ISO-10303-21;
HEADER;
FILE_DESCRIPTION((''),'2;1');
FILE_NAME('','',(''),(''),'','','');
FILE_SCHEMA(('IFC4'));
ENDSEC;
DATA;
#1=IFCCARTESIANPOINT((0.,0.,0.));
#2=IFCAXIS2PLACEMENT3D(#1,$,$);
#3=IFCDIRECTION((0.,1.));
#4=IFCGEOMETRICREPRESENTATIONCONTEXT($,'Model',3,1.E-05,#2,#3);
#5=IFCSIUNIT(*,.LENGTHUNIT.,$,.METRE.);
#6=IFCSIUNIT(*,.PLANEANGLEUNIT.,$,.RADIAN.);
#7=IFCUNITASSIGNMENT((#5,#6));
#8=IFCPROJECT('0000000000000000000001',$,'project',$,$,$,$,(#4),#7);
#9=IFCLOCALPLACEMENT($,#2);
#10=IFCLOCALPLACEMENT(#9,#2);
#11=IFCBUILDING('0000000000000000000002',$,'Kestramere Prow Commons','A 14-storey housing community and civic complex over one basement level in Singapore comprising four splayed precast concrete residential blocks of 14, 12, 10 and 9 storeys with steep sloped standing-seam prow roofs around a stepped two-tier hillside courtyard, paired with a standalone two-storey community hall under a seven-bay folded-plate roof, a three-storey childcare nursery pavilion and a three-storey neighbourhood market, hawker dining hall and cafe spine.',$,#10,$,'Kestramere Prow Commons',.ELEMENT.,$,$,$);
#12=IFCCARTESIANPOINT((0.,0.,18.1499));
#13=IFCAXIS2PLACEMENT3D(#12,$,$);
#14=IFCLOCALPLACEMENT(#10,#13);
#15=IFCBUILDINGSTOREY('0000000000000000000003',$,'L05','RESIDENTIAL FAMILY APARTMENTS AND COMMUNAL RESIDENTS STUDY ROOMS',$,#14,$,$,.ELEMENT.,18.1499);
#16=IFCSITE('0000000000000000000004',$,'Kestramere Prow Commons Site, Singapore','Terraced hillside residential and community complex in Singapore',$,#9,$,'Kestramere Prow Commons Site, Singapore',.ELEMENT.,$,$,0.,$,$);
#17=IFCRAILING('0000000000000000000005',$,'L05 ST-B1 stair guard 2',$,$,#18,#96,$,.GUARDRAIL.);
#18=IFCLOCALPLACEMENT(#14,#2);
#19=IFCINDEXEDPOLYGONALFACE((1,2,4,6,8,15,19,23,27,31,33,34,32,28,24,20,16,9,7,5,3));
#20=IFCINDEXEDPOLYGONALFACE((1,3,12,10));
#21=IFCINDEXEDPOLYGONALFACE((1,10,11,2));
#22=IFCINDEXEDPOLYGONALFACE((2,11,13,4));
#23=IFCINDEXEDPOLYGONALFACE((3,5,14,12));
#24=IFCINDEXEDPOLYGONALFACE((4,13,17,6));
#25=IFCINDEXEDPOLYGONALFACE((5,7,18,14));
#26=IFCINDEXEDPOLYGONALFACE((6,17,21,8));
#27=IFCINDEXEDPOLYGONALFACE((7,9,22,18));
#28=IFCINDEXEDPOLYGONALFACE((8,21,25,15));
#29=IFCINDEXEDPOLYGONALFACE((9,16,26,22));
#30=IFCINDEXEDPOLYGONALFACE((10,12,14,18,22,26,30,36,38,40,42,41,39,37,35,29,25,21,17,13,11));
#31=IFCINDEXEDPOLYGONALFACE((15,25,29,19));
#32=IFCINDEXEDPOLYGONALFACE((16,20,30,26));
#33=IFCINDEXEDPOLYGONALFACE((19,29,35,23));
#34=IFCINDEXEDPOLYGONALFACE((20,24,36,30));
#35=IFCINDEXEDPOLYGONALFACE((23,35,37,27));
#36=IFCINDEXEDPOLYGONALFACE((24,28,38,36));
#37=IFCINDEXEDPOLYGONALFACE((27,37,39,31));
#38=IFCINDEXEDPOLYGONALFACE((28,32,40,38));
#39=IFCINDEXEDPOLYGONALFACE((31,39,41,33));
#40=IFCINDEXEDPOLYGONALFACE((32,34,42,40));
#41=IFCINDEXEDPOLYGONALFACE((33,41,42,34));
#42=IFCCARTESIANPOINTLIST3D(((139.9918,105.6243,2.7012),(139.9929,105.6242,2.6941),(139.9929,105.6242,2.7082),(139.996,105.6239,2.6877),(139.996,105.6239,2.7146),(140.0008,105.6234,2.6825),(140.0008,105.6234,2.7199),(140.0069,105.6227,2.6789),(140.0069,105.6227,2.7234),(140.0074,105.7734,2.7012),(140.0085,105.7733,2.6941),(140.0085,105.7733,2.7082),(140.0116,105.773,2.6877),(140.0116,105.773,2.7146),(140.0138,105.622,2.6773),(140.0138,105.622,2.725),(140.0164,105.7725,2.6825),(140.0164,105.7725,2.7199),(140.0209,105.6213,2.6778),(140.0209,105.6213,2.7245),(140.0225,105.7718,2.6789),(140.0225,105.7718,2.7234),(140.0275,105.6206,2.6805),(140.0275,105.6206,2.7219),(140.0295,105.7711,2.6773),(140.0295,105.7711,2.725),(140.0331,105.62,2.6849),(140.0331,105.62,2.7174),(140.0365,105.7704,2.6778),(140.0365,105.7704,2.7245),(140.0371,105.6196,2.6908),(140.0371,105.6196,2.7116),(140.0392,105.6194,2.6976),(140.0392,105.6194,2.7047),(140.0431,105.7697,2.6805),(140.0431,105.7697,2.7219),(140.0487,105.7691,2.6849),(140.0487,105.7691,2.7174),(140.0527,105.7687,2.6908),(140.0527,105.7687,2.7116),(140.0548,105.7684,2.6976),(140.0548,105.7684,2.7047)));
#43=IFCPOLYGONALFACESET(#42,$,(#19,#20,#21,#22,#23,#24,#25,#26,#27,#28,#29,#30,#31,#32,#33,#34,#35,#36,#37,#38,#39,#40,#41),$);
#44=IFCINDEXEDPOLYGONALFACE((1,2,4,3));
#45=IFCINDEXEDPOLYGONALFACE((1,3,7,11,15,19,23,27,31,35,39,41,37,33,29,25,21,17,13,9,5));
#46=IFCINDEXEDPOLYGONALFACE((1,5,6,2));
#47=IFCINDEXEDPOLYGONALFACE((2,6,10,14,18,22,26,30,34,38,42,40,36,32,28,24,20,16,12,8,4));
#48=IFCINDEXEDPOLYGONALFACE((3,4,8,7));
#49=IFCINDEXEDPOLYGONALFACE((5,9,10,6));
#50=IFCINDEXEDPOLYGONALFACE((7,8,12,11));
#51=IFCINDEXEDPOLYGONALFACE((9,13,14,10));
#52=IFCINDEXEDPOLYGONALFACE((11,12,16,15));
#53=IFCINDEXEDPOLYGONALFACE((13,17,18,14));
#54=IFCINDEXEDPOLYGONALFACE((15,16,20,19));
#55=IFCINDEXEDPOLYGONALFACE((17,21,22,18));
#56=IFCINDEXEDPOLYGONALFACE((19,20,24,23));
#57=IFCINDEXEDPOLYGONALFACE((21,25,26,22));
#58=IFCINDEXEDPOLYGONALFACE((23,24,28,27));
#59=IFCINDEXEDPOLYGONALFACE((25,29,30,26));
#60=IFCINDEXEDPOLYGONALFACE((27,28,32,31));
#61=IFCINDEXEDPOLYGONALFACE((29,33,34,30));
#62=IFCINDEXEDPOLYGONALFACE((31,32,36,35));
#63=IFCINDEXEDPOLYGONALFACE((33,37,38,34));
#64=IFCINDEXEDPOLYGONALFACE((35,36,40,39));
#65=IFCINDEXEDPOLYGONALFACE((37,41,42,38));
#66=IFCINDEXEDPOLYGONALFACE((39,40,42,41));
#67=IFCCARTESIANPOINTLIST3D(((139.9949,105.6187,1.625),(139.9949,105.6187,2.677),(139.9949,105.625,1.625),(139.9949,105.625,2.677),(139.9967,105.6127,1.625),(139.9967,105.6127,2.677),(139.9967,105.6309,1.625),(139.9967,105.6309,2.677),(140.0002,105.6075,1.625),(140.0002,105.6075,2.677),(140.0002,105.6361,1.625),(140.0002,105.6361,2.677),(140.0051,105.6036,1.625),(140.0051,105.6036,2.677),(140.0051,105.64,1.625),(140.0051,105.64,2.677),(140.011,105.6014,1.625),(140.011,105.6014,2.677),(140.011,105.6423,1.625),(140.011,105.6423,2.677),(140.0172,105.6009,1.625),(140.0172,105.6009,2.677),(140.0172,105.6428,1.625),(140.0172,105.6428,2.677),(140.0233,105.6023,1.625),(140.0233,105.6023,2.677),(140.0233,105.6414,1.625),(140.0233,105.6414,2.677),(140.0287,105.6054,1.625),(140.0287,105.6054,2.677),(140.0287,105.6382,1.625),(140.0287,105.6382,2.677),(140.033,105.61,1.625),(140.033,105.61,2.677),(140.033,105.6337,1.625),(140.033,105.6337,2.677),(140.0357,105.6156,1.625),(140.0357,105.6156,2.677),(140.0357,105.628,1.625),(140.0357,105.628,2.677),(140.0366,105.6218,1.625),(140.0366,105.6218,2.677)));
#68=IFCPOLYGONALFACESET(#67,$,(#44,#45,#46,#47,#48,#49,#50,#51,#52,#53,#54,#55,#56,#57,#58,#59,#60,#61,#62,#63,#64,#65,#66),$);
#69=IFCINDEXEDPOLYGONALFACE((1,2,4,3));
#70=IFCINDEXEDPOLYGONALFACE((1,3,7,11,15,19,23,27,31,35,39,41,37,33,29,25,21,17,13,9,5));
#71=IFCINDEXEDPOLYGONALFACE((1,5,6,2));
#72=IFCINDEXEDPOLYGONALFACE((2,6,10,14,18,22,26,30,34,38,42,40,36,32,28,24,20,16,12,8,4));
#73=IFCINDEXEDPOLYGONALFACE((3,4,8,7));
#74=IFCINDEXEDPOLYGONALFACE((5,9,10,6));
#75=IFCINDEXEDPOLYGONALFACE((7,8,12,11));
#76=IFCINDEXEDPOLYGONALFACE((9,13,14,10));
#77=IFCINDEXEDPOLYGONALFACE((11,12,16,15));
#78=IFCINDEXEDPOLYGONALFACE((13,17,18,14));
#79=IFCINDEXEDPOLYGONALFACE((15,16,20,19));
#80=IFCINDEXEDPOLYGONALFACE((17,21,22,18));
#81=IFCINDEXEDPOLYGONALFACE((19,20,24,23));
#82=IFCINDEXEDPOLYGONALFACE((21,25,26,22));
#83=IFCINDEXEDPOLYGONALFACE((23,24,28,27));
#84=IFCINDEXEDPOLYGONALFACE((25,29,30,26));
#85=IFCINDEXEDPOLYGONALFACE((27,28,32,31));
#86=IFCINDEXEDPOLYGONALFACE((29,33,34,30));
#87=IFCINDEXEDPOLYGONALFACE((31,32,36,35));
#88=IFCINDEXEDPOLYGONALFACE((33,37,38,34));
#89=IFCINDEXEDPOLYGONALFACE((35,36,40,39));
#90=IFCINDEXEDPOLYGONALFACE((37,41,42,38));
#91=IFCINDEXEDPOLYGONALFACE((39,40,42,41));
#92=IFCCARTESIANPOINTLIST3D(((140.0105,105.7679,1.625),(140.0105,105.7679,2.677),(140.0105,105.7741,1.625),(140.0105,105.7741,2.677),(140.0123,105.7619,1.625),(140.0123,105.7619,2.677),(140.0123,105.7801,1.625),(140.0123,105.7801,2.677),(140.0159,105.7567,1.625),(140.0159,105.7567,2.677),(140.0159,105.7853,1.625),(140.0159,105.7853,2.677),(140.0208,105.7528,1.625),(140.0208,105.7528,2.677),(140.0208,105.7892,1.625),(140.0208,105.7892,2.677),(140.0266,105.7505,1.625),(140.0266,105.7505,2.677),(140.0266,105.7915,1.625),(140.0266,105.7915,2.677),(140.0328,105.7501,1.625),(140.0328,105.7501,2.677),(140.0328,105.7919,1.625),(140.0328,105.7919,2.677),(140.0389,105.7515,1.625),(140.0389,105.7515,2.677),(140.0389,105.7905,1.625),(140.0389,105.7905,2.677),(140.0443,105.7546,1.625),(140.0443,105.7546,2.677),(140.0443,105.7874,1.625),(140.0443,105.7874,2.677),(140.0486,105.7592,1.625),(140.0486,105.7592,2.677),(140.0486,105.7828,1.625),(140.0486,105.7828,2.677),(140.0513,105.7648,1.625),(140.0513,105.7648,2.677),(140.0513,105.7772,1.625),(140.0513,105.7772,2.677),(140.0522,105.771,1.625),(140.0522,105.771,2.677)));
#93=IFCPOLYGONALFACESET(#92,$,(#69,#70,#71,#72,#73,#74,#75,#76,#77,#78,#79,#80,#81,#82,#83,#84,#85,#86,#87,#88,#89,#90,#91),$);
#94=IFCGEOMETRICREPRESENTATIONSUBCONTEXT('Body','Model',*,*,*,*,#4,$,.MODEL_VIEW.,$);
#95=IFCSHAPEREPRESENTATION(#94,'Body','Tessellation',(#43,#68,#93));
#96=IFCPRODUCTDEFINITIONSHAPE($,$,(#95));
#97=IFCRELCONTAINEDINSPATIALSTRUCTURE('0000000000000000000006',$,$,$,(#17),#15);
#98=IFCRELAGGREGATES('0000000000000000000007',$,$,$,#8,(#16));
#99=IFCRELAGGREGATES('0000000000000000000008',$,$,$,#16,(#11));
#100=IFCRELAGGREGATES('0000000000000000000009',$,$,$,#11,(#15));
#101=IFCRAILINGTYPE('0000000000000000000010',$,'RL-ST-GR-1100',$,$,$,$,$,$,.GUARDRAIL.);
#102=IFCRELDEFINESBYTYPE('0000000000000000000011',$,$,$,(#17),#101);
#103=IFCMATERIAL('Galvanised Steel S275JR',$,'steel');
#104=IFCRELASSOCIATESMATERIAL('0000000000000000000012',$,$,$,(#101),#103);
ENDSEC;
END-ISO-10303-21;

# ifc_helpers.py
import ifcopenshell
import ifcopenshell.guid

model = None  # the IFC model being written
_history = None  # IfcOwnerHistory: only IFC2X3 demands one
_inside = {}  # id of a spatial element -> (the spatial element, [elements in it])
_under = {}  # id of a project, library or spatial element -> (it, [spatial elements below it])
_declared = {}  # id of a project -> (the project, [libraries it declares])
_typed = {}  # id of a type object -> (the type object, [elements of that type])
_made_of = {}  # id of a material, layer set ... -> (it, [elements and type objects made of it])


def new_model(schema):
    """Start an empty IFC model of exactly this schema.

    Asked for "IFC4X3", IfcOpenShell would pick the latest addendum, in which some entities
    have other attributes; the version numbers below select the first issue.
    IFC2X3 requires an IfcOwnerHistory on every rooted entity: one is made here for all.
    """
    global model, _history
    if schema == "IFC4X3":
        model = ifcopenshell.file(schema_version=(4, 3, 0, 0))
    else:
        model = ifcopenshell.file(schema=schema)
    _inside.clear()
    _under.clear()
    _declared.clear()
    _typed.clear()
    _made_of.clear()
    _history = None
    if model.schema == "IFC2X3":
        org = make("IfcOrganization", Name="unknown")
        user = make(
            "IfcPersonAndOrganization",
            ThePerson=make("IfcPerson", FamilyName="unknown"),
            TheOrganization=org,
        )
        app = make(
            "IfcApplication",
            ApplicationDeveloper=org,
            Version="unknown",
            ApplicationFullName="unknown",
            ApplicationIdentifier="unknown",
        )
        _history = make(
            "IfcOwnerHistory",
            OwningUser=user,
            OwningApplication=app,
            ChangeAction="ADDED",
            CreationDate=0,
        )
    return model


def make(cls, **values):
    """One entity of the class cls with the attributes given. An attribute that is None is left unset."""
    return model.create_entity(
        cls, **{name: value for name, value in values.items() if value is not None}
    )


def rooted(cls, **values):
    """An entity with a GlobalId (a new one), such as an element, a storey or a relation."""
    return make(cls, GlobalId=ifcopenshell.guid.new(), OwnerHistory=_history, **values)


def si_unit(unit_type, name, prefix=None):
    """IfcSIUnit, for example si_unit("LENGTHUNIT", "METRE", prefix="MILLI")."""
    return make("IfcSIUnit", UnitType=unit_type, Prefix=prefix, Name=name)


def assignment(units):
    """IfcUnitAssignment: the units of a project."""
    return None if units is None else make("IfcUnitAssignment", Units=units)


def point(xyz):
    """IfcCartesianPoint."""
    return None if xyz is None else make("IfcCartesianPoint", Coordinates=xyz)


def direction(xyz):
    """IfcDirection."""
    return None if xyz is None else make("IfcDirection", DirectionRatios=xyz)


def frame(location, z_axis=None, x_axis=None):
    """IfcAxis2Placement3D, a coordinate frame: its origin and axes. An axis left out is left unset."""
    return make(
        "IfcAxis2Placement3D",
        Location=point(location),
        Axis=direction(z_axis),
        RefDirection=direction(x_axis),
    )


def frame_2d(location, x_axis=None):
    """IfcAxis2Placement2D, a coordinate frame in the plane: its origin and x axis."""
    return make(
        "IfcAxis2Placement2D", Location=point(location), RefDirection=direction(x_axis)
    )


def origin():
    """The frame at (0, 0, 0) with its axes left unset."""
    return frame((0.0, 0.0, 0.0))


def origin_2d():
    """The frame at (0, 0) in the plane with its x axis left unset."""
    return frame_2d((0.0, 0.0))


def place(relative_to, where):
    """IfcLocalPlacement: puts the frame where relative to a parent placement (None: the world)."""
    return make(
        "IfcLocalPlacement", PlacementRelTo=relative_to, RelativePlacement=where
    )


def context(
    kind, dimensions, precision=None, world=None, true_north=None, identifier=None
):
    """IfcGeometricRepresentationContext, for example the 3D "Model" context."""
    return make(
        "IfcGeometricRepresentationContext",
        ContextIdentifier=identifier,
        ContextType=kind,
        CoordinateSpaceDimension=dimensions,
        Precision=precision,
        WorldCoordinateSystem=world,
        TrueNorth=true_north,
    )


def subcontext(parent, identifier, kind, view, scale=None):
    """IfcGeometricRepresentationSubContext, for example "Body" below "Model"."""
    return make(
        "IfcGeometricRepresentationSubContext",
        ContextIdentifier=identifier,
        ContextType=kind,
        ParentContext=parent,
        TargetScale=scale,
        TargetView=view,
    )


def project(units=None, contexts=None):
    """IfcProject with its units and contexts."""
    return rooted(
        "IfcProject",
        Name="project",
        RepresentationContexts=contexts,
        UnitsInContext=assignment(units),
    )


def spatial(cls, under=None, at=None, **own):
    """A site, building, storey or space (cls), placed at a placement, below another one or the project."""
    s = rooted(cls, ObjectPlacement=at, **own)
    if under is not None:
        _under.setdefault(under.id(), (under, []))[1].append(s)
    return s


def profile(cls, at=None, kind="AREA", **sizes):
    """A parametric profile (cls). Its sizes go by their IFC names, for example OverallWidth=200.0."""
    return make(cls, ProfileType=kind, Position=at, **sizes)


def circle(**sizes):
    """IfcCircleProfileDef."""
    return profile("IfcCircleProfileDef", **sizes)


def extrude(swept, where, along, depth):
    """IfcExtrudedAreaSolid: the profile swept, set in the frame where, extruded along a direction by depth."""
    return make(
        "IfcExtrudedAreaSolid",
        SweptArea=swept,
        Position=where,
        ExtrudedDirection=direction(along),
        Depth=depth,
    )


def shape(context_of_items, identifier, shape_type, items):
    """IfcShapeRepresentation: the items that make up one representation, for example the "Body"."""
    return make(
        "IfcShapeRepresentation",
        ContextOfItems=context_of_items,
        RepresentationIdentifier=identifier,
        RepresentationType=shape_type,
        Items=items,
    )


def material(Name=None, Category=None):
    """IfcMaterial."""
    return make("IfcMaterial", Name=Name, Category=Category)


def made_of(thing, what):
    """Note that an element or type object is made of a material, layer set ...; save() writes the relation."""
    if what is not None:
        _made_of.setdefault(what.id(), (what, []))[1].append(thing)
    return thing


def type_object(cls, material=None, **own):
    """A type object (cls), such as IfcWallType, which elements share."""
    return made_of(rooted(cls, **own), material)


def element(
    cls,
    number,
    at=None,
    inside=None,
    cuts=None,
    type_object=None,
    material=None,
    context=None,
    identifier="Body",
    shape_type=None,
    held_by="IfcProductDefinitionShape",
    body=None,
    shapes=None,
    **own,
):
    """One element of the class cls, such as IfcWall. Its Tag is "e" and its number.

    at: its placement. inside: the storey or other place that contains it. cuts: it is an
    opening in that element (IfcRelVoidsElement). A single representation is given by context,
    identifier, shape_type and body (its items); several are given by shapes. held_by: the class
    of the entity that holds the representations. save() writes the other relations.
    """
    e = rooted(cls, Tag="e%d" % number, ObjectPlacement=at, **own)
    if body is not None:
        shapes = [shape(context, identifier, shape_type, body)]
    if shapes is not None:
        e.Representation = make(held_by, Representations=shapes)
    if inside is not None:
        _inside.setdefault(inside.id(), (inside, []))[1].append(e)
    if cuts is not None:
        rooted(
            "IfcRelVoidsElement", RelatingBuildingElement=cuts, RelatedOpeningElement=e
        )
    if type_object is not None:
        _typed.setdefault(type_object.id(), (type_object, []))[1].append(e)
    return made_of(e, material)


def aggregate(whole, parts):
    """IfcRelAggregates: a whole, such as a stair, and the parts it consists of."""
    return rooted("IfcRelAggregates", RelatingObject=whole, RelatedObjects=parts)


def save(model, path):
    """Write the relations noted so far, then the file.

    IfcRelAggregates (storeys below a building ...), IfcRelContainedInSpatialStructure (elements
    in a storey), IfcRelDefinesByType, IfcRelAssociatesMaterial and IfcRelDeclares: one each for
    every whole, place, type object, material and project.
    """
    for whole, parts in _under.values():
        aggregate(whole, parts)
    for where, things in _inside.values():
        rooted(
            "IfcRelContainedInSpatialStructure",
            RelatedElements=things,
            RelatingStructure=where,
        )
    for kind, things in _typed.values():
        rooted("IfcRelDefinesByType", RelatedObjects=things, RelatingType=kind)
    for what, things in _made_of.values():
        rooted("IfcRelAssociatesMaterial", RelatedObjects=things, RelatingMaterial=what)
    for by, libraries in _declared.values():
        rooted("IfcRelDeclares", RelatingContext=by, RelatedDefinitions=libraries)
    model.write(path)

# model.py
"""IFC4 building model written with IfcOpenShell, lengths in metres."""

from ifc_helpers import new_model, si_unit, direction, frame, origin, origin_2d, place, context, subcontext, project, spatial, circle, extrude, material, type_object, element, save


model = new_model("IFC4")

# Units and contexts
model_context = context("Model", 3, precision=1e-05, world=origin(), true_north=direction((0.0, 1.0)))
body_context = subcontext(model_context, "Body", "Model", "MODEL_VIEW")
ifc_project = project(units=[si_unit("LENGTHUNIT", "METRE"), si_unit("PLANEANGLEUNIT", "RADIAN")], contexts=[model_context])

# Site, building, storey
site_placement = place(None, origin())
site = spatial("IfcSite", under=ifc_project, at=site_placement, Name="Kestramere Prow Commons Site, Singapore", Description="Terraced hillside residential and community complex in Singapore", LongName="Kestramere Prow Commons Site, Singapore", CompositionType="ELEMENT", RefElevation=0.0)
building_placement = place(site_placement, origin())
building = spatial("IfcBuilding", under=site, at=building_placement, Name="Kestramere Prow Commons", Description="A 14-storey housing community and civic complex over one basement level in Singapore comprising four splayed precast concrete residential blocks of 14, 12, 10 and 9 storeys with steep sloped standing-seam prow roofs around a stepped two-tier hillside courtyard, paired with a standalone two-storey community hall under a seven-bay folded-plate roof, a three-storey childcare nursery pavilion and a three-storey neighbourhood market, hawker dining hall and cafe spine.", LongName="Kestramere Prow Commons", CompositionType="ELEMENT")
storey_placement = place(building_placement, frame((0.0, 0.0, 18.1499)))
storey = spatial("IfcBuildingStorey", under=building, at=storey_placement, Name="L05", Description="RESIDENTIAL FAMILY APARTMENTS AND COMMUNAL RESIDENTS STUDY ROOMS", CompositionType="ELEMENT", Elevation=18.1499)

# Railing
ifc_material_1 = material(Name="Galvanised Steel S275JR", Category="steel")
railing_type_1 = type_object("IfcRailingType", Name="RL-ST-GR-1100", PredefinedType="GUARDRAIL", material=ifc_material_1)
railing_1_placement = place(storey_placement, frame((140.0156, 105.6218, 1.625)))
element("IfcRailing", 1, at=railing_1_placement, inside=storey, type_object=railing_type_1, Name="L05 ST-B1 stair guard 2", PredefinedType="GUARDRAIL", context=body_context, shape_type="SweptSolid", body=[
    extrude(circle(Radius=0.0239, at=origin_2d()), frame((0.0, 0.0, 1.0762), z_axis=(0.104176, 0.994559, 0.0), x_axis=(-0.994559, 0.104176, 0.0)), (0.0, 0.0, 1.0), 0.1499),
    extrude(circle(Radius=0.021, at=origin_2d()), origin(), (0.0, 0.0, 1.0), 1.052),
    extrude(circle(Radius=0.021, at=origin_2d()), frame((0.0156, 0.1492, 0.0)), (0.0, 0.0, 1.0), 1.052),
])

save(model, "model.ifc")
